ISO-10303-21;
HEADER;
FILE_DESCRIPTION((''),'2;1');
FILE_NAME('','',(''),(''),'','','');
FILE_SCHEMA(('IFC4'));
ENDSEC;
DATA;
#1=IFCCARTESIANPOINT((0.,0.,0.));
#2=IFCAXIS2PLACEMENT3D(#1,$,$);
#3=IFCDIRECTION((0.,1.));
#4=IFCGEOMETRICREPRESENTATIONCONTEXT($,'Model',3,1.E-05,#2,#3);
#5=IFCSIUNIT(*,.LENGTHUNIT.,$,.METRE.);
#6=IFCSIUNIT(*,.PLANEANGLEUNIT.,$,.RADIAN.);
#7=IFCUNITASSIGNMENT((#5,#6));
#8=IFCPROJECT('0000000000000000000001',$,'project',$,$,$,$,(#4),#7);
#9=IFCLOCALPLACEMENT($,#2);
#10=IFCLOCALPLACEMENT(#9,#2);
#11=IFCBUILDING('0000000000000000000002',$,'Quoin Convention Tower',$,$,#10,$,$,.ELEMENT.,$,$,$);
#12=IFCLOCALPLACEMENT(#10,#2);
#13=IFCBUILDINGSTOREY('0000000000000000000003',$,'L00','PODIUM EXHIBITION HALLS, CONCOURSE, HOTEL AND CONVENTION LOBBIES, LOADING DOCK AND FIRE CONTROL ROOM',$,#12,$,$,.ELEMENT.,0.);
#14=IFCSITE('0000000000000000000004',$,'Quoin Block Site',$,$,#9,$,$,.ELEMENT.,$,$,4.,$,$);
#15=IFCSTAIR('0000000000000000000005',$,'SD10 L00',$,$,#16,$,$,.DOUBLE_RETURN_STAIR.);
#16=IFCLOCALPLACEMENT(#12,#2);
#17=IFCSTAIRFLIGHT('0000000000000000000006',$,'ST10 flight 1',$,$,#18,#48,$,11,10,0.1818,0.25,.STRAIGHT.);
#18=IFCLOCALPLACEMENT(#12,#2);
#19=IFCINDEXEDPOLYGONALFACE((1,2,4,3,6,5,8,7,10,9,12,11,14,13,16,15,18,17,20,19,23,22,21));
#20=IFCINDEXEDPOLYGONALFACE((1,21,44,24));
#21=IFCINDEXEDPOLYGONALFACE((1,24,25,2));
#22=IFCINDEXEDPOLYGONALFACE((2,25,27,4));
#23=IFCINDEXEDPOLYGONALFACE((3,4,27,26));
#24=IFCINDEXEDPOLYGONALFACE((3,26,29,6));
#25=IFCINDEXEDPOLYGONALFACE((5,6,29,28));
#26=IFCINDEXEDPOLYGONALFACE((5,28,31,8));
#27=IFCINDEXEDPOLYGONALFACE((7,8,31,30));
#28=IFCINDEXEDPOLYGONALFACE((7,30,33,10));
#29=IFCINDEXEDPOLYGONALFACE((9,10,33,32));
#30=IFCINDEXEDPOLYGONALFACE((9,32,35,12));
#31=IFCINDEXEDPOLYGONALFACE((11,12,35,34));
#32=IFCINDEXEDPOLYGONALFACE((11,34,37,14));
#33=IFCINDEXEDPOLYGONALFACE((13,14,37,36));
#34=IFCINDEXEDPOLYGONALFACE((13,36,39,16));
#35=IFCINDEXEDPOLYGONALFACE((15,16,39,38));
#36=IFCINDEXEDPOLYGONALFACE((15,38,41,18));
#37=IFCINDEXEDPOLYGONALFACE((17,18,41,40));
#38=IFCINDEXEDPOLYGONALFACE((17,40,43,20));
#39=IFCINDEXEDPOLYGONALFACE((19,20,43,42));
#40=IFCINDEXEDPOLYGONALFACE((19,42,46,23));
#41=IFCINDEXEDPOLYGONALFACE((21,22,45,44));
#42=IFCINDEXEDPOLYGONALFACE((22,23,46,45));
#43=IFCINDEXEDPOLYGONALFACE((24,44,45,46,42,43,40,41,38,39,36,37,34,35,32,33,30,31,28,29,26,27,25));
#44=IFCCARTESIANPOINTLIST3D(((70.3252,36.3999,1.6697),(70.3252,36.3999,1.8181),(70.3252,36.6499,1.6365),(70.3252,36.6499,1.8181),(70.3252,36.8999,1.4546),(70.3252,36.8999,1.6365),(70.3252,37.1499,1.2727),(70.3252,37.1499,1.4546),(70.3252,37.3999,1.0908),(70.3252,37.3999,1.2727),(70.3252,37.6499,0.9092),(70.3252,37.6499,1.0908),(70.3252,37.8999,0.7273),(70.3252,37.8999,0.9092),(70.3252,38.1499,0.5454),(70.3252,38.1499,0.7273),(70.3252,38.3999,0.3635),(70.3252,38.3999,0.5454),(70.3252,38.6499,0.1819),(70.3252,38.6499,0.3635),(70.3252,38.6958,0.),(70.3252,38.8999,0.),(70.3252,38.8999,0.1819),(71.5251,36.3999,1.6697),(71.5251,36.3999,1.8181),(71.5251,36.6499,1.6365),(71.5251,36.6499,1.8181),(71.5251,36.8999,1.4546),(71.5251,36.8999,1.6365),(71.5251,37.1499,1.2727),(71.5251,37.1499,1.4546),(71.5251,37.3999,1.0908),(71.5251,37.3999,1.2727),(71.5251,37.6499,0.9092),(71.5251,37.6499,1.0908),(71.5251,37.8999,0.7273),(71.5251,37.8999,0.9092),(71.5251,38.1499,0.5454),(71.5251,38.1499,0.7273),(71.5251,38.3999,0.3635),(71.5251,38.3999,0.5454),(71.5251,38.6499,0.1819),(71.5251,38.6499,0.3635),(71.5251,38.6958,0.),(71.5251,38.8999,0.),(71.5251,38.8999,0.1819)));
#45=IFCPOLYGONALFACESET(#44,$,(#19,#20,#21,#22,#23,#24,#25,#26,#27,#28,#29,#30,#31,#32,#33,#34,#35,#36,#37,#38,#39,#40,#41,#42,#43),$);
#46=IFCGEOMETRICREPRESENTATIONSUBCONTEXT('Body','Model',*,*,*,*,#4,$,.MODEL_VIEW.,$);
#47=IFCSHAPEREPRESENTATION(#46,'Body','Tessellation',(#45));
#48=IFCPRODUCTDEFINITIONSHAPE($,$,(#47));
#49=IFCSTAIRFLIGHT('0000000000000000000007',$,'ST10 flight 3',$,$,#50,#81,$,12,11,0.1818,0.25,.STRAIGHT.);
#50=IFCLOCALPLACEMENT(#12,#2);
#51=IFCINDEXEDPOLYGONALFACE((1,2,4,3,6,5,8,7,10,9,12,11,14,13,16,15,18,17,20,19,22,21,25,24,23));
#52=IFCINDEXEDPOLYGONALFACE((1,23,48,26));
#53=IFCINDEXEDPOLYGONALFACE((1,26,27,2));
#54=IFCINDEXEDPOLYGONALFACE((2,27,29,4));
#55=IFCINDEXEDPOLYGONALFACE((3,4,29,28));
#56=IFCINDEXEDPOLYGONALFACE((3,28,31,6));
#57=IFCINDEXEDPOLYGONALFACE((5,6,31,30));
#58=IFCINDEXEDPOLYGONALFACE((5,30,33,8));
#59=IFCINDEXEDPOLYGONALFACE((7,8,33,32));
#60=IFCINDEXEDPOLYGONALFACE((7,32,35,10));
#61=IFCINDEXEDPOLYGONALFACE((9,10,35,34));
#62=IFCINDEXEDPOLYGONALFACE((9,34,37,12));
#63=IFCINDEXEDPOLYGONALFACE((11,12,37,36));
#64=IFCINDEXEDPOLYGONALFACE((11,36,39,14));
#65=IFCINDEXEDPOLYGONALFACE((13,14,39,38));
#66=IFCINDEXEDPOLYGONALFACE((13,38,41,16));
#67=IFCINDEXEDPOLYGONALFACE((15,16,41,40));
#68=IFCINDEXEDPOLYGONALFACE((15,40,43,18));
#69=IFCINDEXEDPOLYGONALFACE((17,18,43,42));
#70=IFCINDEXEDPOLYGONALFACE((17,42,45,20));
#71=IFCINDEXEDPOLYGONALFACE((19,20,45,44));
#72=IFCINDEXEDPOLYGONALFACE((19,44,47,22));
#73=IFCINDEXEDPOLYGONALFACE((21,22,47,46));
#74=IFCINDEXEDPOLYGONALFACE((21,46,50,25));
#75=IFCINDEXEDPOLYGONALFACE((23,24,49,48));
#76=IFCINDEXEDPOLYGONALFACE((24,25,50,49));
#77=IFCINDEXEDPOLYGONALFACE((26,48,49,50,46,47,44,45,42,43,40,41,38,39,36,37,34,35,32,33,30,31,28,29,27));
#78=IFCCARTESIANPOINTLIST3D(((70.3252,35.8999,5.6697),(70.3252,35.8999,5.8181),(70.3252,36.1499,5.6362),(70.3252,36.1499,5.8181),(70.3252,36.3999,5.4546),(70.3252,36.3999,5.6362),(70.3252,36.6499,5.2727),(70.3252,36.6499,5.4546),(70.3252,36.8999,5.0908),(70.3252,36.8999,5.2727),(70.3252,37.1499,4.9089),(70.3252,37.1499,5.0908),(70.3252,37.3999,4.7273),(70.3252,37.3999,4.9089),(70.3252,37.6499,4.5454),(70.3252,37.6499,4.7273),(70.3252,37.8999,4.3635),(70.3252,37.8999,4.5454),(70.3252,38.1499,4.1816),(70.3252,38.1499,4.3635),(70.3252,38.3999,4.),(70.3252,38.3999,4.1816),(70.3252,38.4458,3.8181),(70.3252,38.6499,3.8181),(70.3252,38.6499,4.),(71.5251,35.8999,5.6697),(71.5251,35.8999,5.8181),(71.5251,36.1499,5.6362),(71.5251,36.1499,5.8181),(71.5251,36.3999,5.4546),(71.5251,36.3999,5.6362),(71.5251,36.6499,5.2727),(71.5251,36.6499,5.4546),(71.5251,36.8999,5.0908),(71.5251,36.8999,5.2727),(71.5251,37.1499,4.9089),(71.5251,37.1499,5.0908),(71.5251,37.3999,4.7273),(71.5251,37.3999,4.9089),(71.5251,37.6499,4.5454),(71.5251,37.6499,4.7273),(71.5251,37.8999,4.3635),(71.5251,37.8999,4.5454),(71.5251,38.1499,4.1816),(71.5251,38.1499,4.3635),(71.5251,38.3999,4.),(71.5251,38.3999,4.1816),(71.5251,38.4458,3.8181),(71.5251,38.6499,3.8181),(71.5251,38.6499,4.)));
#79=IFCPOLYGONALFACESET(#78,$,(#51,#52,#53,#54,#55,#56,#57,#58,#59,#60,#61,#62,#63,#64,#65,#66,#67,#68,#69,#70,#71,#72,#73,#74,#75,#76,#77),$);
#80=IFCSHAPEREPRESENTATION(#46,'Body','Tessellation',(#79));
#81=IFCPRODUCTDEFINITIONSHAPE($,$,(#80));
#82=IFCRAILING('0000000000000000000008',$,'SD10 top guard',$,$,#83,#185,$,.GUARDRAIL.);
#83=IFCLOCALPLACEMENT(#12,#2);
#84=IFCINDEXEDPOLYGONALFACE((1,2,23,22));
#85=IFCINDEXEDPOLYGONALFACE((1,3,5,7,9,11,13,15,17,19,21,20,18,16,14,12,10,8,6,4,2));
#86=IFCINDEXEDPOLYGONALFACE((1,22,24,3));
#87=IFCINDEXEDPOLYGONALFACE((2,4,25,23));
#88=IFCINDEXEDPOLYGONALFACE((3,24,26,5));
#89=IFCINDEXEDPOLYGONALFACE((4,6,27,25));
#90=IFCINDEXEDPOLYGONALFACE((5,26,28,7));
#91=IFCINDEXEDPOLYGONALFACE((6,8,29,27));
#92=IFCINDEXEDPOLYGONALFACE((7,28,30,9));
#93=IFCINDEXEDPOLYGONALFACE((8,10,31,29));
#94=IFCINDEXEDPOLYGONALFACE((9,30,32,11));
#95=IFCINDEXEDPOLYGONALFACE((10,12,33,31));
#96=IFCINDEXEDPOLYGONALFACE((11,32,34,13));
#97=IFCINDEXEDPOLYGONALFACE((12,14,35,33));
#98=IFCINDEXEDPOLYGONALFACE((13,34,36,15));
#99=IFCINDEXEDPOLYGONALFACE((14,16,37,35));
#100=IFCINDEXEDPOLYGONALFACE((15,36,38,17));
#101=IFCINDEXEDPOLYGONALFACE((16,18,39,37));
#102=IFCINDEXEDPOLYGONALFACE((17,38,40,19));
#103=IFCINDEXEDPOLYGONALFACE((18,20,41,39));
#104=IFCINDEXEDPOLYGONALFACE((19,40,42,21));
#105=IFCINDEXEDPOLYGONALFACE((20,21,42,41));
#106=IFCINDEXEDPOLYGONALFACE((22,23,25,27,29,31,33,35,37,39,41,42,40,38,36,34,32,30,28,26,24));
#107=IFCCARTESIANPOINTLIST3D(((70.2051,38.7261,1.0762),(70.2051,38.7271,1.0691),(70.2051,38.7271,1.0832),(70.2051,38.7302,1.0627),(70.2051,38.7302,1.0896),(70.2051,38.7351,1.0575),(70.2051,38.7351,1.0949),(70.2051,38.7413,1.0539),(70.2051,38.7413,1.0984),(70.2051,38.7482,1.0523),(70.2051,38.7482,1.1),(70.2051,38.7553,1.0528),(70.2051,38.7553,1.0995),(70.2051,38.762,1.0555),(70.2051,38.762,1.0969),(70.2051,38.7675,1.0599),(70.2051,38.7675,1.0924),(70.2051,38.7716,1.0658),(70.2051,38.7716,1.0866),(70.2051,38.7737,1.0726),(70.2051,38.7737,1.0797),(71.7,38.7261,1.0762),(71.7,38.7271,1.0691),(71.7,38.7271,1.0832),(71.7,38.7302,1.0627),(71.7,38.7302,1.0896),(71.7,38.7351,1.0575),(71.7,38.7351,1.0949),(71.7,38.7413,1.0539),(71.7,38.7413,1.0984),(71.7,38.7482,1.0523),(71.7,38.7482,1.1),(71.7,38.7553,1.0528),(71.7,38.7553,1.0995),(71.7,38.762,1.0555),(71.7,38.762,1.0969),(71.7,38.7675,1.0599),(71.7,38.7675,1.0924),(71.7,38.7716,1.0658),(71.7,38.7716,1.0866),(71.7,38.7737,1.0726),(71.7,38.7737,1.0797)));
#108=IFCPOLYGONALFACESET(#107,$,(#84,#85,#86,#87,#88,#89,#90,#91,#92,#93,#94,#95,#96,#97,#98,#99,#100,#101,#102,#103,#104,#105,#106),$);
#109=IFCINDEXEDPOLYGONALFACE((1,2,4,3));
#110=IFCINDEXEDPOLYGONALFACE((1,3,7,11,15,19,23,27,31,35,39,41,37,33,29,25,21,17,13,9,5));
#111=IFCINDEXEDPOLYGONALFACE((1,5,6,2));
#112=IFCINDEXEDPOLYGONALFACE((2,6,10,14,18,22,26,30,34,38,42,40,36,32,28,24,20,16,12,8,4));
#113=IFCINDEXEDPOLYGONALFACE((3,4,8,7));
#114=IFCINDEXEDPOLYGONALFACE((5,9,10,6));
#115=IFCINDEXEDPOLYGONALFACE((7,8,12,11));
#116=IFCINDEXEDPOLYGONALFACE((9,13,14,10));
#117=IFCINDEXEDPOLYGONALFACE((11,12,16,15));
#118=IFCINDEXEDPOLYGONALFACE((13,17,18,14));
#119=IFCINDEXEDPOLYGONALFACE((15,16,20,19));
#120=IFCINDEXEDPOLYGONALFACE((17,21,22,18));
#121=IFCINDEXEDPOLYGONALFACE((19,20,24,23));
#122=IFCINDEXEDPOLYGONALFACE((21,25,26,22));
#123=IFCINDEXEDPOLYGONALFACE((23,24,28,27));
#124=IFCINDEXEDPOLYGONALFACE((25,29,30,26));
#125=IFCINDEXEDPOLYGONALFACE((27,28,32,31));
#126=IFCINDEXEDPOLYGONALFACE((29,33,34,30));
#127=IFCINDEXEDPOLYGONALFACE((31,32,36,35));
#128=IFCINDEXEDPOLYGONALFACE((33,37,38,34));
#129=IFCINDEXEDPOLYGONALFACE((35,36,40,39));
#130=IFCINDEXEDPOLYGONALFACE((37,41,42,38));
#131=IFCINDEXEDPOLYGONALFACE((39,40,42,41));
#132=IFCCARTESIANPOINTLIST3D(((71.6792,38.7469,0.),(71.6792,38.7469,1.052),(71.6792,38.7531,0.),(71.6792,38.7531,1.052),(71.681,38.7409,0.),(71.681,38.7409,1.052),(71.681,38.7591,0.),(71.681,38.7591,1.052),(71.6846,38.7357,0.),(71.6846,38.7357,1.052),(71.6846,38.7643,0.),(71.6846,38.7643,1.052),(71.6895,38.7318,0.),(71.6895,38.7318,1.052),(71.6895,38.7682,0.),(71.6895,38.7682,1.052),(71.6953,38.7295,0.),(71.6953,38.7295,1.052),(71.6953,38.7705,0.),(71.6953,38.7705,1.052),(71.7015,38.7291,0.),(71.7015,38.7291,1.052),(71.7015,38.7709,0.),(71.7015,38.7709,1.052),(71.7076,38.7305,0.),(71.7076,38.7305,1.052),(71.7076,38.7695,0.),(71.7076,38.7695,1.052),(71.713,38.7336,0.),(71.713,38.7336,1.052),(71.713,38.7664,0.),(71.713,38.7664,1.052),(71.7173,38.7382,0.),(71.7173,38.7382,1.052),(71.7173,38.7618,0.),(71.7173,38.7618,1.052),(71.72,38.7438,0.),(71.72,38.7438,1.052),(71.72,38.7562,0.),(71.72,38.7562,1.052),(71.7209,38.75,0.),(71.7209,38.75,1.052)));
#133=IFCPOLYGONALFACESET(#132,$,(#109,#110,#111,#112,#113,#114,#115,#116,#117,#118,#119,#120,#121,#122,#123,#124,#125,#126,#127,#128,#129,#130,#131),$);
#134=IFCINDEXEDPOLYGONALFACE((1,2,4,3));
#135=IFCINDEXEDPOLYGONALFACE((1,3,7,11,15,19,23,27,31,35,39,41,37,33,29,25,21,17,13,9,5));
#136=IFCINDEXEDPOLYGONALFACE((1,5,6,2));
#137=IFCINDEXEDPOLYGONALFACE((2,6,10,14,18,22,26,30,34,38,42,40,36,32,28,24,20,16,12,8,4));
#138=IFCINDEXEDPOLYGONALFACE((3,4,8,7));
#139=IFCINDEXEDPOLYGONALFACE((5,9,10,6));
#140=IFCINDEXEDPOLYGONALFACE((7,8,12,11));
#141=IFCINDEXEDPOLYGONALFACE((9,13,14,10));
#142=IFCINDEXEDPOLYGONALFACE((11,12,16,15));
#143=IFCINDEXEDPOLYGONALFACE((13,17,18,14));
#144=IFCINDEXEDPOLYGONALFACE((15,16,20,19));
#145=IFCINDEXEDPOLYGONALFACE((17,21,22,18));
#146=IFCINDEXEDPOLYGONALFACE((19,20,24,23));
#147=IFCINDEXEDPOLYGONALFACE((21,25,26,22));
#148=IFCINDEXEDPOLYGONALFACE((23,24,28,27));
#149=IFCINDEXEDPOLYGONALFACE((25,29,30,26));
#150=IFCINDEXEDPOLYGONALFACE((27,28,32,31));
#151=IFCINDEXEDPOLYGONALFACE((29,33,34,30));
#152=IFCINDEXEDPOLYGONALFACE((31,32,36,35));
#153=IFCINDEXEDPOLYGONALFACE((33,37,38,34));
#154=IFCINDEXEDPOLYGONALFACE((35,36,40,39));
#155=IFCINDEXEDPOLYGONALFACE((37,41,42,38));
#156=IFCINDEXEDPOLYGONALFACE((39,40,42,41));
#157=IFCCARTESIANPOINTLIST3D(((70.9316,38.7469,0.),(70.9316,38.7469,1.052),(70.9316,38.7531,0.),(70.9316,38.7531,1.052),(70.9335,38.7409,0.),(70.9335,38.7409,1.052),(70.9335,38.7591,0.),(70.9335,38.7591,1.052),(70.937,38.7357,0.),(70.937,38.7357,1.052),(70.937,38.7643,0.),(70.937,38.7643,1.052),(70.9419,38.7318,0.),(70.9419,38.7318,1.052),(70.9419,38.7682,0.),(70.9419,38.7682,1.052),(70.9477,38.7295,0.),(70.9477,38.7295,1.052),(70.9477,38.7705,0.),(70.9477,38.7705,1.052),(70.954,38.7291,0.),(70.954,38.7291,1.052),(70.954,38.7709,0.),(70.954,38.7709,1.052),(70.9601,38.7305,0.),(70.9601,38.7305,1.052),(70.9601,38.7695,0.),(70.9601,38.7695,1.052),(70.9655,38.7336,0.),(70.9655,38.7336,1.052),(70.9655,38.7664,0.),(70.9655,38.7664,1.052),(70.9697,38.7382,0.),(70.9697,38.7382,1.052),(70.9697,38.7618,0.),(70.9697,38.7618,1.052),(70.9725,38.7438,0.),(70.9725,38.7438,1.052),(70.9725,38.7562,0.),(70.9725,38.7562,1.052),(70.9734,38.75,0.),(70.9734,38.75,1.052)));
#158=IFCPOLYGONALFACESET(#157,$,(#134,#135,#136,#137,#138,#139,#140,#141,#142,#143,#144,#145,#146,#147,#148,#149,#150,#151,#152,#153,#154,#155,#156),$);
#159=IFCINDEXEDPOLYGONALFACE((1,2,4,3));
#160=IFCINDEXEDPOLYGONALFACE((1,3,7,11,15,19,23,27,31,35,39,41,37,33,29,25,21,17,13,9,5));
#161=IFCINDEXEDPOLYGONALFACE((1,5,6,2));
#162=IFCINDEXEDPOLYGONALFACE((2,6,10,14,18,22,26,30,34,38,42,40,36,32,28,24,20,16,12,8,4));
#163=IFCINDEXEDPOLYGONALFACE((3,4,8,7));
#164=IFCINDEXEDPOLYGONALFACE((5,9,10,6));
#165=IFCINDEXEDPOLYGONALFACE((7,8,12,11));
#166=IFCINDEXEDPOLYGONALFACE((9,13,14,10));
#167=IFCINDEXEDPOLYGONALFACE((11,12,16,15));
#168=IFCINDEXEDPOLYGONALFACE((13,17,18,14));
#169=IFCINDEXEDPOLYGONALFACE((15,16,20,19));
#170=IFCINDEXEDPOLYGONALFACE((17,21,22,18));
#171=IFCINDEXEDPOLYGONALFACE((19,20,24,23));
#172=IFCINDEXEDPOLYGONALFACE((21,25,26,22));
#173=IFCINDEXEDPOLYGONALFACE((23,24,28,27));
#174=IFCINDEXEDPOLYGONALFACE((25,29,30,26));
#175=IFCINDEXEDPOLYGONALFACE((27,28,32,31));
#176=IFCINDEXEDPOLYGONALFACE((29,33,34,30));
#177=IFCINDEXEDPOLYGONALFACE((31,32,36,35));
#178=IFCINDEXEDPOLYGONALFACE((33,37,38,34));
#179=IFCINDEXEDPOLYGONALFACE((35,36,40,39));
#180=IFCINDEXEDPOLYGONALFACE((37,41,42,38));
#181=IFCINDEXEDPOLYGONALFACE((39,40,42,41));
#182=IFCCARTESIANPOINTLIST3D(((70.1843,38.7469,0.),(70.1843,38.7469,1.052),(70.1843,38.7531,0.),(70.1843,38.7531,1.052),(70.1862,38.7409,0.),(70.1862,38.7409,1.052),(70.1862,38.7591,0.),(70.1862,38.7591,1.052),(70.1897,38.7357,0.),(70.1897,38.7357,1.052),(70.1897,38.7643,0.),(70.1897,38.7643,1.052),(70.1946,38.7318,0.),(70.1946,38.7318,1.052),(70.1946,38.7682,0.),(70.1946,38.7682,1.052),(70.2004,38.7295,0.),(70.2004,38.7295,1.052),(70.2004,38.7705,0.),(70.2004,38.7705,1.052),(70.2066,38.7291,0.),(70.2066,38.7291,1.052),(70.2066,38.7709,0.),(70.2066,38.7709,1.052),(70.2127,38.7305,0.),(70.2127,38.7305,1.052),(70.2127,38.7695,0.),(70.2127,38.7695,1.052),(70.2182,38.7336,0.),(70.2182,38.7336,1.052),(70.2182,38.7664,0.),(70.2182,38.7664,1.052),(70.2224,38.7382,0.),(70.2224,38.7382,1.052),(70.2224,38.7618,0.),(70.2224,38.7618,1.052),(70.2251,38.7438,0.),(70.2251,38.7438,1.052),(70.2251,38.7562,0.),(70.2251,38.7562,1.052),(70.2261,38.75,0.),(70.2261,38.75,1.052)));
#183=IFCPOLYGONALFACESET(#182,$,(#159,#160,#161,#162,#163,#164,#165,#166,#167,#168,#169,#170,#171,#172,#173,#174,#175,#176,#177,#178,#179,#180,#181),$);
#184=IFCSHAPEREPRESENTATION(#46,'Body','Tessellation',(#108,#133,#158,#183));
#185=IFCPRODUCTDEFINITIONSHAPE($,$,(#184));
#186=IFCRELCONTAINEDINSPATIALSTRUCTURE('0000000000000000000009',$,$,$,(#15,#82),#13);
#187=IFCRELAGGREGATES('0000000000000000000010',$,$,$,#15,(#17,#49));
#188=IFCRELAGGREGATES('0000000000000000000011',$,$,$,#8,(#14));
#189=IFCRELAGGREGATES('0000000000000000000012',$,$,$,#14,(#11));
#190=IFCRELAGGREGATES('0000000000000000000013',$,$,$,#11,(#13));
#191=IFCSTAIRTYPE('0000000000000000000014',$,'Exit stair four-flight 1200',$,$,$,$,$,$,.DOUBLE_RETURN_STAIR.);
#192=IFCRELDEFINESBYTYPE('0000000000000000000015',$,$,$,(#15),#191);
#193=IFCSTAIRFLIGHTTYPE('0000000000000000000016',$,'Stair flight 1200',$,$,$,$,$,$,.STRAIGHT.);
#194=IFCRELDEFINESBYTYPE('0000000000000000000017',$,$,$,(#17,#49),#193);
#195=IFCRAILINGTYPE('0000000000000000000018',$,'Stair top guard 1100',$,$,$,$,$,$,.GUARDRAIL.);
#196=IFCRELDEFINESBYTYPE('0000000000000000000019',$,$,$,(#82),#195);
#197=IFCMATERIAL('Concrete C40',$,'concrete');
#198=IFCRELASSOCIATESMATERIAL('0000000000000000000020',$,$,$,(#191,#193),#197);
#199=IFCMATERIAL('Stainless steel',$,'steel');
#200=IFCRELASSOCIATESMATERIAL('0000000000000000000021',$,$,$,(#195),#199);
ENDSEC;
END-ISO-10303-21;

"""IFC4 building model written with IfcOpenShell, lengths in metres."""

from ifc_helpers import new_model, si_unit, direction, frame, origin, origin_2d, place, context, subcontext, project, spatial, polyline, circle, outline, extrude, material, type_object, element, aggregate, save


model = new_model("IFC4")

# Units and contexts
model_context = context("Model", 3, precision=1e-05, world=origin(), true_north=direction((0.0, 1.0)))
body_context = subcontext(model_context, "Body", "Model", "MODEL_VIEW")
ifc_project = project(units=[si_unit("LENGTHUNIT", "METRE"), si_unit("PLANEANGLEUNIT", "RADIAN")], contexts=[model_context])

# Site, building, storey
site_placement = place(None, origin())
site = spatial("IfcSite", under=ifc_project, at=site_placement, Name="Quoin Block Site", CompositionType="ELEMENT", RefElevation=4.0)
building_placement = place(site_placement, origin())
building = spatial("IfcBuilding", under=site, at=building_placement, Name="Quoin Convention Tower", CompositionType="ELEMENT")
storey_placement = place(building_placement, origin())
storey = spatial("IfcBuildingStorey", under=building, at=storey_placement, Name="L00", Description="PODIUM EXHIBITION HALLS, CONCOURSE, HOTEL AND CONVENTION LOBBIES, LOADING DOCK AND FIRE CONTROL ROOM", CompositionType="ELEMENT", Elevation=0.0)

# Stair, stair flights
ifc_material_1 = material(Name="Concrete C40", Category="concrete")
stair_type = type_object("IfcStairType", Name="Exit stair four-flight 1200", PredefinedType="DOUBLE_RETURN_STAIR", material=ifc_material_1)
stair_placement = place(storey_placement, origin())
stair = element("IfcStair", 1, at=stair_placement, inside=storey, type_object=stair_type, Name="SD10 L00", PredefinedType="DOUBLE_RETURN_STAIR")
stair_flight_type = type_object("IfcStairFlightType", Name="Stair flight 1200", PredefinedType="STRAIGHT", material=ifc_material_1)
stair_flight_1_placement = place(storey_placement, frame((70.925, 38.8999, 0.0), z_axis=(0.0, 0.0, 1.0), x_axis=(0.0, -1.0, 0.0)))
stair_flight_1 = element("IfcStairFlight", 2, at=stair_flight_1_placement, type_object=stair_flight_type, Name="ST10 flight 1", NumberOfRisers=11, NumberOfTreads=10, PredefinedType="STRAIGHT", RiserHeight=0.1818, TreadLength=0.25, context=body_context, shape_type="SweptSolid", body=[
    extrude(outline(polyline([(0.0, 0.0), (0.0, 0.1819), (0.25, 0.1819), (0.25, 0.3635), (0.5, 0.3635), (0.5, 0.5454), (0.75, 0.5454), (0.75, 0.7273), (1.0, 0.7273), (1.0, 0.9092), (1.25, 0.9092), (1.25, 1.0908), (1.5, 1.0908), (1.5, 1.2727), (1.75, 1.2727), (1.75, 1.4546), (2.0, 1.4546), (2.0, 1.6365), (2.25, 1.6365), (2.25, 1.8181), (2.5, 1.8181), (2.5, 2.0), (2.5, 1.6697), (0.2041, 0.0), (0.0, 0.0)])), frame((0.0, 0.6001, 0.0), z_axis=(0.0, -1.0, 0.0), x_axis=(1.0, 0.0, 0.0)), (0.0, 0.0, 1.0), 1.2),
])
stair_flight_2_placement = place(storey_placement, frame((70.925, 38.6499, 3.8181), z_axis=(0.0, 0.0, 1.0), x_axis=(0.0, -1.0, 0.0)))
stair_flight_2 = element("IfcStairFlight", 3, at=stair_flight_2_placement, type_object=stair_flight_type, Name="ST10 flight 3", NumberOfRisers=12, NumberOfTreads=11, PredefinedType="STRAIGHT", RiserHeight=0.1818, TreadLength=0.25, context=body_context, shape_type="SweptSolid", body=[
    extrude(outline(polyline([(0.0, 0.0), (0.0, 0.1819), (0.25, 0.1819), (0.25, 0.3635), (0.5, 0.3635), (0.5, 0.5454), (0.75, 0.5454), (0.75, 0.7273), (1.0, 0.7273), (1.0, 0.9092), (1.25, 0.9092), (1.25, 1.0908), (1.5, 1.0908), (1.5, 1.2727), (1.75, 1.2727), (1.75, 1.4546), (2.0, 1.4546), (2.0, 1.6365), (2.25, 1.6365), (2.25, 1.8181), (2.5, 1.8181), (2.5, 2.0), (2.75, 2.0), (2.75, 2.1819), (2.75, 1.8516), (0.2041, 0.0), (0.0, 0.0)])), frame((0.0, 0.6001, 0.0), z_axis=(0.0, -1.0, 0.0), x_axis=(1.0, 0.0, 0.0)), (0.0, 0.0, 1.0), 1.2),
])
aggregate(stair, [stair_flight_1, stair_flight_2])

# Railing
ifc_material_2 = material(Name="Stainless steel", Category="steel")
railing_type = type_object("IfcRailingType", Name="Stair top guard 1100", PredefinedType="GUARDRAIL", material=ifc_material_2)
railing_placement = place(storey_placement, frame((71.7, 38.75, 0.0)))
element("IfcRailing", 4, at=railing_placement, inside=storey, type_object=railing_type, Name="SD10 top guard", PredefinedType="GUARDRAIL", context=body_context, shape_type="SweptSolid", body=[
    extrude(circle(Radius=0.0239, at=origin_2d()), frame((0.0, 0.0, 1.0762), z_axis=(-1.0, 0.0, 0.0), x_axis=(0.0, -1.0, 0.0)), (0.0, 0.0, 1.0), 1.4949),
    extrude(circle(Radius=0.021, at=origin_2d()), origin(), (0.0, 0.0, 1.0), 1.052),
    extrude(circle(Radius=0.021, at=origin_2d()), frame((-0.7476, 0.0, 0.0)), (0.0, 0.0, 1.0), 1.052),
    extrude(circle(Radius=0.021, at=origin_2d()), frame((-1.4949, 0.0, 0.0)), (0.0, 0.0, 1.0), 1.052),
])

save(model, "model.ifc")
